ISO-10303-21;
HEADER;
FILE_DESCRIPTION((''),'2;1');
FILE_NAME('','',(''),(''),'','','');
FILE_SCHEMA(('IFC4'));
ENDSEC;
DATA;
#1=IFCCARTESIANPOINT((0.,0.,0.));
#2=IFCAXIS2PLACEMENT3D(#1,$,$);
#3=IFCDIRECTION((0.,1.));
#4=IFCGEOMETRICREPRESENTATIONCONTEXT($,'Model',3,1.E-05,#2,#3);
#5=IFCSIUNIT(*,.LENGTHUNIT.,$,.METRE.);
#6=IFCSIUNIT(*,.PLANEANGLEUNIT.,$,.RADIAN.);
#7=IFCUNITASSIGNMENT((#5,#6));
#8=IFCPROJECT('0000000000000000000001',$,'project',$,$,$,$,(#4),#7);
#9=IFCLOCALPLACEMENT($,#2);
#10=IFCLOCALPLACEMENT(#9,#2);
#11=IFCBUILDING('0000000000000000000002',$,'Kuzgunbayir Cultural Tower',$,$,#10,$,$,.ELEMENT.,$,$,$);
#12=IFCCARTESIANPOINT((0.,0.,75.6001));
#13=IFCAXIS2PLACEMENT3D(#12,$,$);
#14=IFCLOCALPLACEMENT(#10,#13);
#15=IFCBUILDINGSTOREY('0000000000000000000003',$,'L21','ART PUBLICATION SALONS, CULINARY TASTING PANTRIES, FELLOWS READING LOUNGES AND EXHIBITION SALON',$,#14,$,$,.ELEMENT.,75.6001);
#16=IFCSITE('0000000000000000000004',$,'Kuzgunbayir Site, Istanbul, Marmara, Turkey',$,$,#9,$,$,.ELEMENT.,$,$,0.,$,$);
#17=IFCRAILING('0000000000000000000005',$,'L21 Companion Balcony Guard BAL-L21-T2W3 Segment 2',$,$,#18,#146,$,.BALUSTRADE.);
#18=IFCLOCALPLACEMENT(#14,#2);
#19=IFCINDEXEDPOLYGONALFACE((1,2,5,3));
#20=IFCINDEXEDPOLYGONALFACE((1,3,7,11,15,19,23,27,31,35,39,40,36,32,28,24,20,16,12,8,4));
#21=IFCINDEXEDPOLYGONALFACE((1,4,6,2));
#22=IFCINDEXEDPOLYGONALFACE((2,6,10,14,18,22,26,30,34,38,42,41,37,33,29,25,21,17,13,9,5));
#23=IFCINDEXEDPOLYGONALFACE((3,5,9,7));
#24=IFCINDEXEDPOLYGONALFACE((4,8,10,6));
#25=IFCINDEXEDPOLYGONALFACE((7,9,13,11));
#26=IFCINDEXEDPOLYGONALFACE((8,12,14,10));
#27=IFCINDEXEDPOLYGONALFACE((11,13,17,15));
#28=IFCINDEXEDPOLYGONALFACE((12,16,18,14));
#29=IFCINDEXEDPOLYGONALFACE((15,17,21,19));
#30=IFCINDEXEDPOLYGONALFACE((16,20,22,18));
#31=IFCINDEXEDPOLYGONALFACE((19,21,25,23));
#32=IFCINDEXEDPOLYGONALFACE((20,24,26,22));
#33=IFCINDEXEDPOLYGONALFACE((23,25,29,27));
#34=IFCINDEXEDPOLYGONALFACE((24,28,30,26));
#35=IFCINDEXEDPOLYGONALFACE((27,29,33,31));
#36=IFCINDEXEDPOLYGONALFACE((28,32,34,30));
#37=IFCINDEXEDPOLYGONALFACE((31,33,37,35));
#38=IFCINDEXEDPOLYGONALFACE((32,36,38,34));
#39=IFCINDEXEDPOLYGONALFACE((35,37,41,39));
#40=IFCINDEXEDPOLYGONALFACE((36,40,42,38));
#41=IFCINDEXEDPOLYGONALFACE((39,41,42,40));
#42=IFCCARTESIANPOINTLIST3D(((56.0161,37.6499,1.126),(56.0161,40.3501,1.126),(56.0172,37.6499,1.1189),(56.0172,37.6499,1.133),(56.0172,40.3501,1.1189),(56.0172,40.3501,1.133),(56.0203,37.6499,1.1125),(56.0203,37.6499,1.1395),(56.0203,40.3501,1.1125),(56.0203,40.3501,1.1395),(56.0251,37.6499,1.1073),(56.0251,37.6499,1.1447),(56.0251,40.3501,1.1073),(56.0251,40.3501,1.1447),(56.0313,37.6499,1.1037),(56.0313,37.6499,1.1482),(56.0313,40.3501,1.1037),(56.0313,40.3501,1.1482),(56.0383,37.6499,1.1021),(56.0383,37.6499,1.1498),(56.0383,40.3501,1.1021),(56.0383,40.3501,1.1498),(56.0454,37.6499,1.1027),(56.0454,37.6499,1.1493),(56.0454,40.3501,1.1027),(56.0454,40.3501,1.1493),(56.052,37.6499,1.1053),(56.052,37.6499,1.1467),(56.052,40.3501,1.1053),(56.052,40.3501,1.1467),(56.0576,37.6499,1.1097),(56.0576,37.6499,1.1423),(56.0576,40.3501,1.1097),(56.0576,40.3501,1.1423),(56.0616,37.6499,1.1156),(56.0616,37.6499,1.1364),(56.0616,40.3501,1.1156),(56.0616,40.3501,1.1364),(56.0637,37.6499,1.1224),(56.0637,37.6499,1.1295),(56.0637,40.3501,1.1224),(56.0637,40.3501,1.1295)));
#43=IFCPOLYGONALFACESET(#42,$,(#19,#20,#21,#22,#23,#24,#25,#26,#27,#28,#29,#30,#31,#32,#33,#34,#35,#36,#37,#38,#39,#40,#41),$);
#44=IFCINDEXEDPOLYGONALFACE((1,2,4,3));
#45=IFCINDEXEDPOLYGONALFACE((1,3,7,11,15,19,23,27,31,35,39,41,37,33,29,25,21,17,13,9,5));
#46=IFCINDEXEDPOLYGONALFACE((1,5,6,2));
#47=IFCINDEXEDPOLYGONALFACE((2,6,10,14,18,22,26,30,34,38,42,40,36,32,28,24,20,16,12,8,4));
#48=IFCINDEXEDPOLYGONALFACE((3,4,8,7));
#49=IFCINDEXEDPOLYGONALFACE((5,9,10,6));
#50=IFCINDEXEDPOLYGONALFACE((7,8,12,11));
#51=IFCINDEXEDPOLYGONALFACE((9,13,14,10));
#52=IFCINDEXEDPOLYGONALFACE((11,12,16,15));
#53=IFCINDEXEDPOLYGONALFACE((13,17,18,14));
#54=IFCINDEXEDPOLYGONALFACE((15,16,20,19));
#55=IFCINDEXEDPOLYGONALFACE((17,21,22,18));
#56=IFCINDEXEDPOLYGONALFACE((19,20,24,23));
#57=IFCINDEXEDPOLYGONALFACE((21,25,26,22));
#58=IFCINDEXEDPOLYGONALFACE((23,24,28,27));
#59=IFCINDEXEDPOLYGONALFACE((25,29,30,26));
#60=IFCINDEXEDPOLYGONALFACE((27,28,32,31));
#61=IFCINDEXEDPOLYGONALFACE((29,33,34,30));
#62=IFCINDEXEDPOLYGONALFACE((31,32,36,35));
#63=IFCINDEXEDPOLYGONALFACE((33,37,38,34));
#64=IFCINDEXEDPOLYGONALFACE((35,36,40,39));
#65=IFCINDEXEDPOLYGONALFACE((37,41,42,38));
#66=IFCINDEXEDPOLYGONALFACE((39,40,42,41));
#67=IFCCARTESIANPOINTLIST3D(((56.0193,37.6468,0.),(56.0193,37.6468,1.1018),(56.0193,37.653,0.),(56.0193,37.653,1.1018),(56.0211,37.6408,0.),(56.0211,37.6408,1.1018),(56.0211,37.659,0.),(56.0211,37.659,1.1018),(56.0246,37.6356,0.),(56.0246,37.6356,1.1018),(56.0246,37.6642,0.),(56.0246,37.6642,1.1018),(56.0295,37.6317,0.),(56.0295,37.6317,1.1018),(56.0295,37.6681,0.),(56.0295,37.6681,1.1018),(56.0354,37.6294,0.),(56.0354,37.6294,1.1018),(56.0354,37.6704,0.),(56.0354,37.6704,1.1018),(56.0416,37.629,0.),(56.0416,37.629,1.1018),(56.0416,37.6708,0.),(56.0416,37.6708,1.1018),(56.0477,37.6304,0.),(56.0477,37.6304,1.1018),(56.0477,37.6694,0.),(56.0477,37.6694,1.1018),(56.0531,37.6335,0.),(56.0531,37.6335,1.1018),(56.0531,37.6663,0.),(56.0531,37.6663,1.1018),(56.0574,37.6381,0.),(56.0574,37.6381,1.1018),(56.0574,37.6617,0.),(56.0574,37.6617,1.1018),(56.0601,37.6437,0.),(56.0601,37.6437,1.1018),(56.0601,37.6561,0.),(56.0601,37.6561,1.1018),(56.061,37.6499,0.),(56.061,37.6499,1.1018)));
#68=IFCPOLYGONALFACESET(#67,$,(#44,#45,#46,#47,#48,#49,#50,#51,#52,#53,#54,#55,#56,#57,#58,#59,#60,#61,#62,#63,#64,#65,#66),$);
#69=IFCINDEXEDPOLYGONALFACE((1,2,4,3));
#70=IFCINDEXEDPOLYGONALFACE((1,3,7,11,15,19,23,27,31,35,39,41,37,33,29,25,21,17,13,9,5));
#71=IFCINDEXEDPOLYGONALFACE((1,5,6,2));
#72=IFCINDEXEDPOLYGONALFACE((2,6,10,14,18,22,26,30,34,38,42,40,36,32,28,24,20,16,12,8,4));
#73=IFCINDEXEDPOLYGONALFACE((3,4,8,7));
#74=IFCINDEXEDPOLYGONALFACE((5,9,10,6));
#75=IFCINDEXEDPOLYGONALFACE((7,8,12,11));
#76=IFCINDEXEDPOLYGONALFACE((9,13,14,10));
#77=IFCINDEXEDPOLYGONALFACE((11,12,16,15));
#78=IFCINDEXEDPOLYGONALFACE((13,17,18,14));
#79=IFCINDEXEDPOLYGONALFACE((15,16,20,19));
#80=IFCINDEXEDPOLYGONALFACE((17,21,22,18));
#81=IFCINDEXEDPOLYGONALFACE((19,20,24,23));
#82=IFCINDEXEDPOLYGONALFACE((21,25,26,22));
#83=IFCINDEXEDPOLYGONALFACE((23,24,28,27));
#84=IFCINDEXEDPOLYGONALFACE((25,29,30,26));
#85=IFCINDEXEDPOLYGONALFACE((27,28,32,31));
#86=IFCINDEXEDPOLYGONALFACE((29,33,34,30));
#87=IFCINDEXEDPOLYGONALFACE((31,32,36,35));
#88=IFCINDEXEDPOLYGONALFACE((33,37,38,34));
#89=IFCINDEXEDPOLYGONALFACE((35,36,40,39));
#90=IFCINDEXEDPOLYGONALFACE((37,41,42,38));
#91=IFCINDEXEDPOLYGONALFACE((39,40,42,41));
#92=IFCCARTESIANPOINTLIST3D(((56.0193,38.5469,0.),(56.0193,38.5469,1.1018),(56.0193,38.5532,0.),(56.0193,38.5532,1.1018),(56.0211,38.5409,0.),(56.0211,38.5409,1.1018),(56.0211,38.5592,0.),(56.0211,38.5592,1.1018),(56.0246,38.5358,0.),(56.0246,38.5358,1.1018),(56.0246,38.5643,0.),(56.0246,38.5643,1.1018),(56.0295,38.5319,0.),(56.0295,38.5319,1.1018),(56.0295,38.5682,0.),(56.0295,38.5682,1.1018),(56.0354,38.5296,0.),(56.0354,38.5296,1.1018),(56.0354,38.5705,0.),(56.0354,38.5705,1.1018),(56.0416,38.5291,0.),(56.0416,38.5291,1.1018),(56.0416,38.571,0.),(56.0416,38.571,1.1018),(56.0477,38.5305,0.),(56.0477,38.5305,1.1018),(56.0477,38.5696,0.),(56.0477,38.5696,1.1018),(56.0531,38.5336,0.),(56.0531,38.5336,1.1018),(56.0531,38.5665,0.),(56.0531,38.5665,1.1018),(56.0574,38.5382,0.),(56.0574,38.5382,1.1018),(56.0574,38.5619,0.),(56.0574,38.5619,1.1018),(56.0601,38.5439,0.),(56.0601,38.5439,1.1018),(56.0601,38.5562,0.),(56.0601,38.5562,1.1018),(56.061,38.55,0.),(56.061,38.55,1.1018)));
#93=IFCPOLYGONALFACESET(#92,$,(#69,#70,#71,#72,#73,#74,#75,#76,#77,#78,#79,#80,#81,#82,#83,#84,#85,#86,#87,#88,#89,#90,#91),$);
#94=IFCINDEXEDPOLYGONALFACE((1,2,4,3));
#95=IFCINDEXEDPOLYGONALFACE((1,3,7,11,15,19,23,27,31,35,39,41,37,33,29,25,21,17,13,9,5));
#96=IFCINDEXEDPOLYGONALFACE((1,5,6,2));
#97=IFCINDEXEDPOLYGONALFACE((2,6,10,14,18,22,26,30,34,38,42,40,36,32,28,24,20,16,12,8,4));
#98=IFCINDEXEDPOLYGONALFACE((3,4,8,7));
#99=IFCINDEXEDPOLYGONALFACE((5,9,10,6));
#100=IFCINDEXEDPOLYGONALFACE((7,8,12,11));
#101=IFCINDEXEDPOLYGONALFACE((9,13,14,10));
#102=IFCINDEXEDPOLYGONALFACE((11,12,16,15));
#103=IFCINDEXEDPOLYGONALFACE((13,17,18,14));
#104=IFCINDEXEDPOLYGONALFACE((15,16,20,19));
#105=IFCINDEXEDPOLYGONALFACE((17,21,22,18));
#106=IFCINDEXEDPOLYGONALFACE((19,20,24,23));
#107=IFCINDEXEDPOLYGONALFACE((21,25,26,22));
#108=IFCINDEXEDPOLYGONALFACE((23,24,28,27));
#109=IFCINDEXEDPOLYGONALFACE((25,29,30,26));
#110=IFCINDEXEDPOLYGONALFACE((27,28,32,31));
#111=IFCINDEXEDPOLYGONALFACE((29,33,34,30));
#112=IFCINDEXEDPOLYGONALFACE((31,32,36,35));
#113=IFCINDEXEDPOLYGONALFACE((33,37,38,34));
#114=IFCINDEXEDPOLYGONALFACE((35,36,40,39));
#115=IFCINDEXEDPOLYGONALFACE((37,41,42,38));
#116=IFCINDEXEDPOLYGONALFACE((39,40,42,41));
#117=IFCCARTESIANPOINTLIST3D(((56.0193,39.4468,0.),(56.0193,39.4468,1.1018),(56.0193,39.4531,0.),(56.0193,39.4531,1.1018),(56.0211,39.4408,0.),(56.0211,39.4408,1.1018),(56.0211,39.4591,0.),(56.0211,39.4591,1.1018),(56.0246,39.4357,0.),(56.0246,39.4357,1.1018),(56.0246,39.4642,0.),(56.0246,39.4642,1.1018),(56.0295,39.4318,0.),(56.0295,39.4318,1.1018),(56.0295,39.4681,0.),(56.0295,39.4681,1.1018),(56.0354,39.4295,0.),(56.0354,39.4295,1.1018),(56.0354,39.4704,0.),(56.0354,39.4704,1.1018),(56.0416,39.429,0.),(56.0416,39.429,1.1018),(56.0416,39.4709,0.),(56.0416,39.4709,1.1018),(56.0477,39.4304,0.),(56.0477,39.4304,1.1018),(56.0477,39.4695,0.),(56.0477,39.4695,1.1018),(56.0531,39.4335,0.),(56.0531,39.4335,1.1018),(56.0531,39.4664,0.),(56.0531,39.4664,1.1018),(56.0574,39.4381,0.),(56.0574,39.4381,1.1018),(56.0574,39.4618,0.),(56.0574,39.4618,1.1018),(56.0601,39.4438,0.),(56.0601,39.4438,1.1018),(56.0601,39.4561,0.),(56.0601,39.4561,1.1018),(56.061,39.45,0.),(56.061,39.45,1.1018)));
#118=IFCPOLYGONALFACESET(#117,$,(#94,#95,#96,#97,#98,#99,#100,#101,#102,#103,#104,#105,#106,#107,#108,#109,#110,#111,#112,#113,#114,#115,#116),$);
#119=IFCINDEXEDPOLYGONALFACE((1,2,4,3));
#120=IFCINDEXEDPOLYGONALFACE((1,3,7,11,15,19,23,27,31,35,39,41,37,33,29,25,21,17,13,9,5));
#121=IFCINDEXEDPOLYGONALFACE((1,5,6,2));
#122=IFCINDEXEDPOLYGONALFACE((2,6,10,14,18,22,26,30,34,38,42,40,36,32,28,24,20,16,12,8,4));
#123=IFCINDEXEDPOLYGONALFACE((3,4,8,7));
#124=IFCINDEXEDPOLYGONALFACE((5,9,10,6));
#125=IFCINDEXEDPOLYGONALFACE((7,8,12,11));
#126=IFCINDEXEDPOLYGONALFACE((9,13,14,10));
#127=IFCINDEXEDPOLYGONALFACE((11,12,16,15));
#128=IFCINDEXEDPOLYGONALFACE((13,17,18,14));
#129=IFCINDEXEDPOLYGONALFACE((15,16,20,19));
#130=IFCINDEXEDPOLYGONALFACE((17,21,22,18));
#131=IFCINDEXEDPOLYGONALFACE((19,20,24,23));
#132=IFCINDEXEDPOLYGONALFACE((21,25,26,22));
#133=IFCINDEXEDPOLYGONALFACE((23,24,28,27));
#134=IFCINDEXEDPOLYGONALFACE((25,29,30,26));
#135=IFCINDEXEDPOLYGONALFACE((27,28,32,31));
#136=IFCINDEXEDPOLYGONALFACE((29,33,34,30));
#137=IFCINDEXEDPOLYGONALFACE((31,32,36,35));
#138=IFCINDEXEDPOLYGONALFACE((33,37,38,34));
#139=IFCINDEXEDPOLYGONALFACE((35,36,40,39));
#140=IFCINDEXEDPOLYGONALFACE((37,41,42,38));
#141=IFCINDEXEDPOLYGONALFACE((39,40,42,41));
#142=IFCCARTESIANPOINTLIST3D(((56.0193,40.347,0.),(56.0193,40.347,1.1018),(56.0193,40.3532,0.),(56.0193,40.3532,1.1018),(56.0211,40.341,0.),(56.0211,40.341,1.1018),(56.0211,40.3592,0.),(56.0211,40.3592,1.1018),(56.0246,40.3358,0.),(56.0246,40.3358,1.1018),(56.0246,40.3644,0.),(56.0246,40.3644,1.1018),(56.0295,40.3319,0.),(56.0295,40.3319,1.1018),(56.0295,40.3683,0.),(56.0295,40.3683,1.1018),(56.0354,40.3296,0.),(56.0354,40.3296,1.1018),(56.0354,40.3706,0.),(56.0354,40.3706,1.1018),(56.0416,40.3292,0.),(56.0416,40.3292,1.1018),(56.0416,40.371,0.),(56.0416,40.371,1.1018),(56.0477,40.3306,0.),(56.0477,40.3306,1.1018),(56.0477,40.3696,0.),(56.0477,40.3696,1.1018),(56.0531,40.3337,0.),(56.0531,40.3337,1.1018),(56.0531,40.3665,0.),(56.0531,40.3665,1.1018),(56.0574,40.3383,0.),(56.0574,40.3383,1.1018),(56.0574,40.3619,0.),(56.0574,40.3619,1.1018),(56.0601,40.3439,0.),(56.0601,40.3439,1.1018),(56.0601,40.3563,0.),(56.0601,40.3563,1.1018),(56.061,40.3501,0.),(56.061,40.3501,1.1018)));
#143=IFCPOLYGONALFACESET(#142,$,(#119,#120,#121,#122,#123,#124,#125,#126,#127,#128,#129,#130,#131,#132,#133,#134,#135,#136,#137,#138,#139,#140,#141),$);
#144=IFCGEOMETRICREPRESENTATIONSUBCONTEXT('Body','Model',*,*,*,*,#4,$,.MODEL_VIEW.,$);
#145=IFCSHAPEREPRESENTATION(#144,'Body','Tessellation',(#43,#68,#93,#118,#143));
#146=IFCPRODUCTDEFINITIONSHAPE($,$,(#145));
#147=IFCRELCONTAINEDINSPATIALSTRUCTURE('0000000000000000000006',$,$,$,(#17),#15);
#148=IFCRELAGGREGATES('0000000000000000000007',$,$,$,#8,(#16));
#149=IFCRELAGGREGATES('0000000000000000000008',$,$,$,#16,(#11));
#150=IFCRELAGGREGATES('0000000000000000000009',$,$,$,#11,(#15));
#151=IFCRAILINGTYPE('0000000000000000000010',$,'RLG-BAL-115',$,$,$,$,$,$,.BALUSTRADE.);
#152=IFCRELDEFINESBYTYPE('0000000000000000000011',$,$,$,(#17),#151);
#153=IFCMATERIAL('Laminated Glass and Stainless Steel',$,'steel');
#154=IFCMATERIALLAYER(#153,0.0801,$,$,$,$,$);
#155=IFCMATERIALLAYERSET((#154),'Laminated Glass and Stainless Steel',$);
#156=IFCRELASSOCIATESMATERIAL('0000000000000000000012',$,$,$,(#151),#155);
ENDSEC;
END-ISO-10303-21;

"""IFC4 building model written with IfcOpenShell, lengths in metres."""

from ifc_helpers import new_model, si_unit, direction, frame, origin, origin_2d, place, context, subcontext, project, spatial, circle, extrude, material, layer, layer_set, type_object, element, save


model = new_model("IFC4")

# Units and contexts
model_context = context("Model", 3, precision=1e-05, world=origin(), true_north=direction((0.0, 1.0)))
body_context = subcontext(model_context, "Body", "Model", "MODEL_VIEW")
ifc_project = project(units=[si_unit("LENGTHUNIT", "METRE"), si_unit("PLANEANGLEUNIT", "RADIAN")], contexts=[model_context])

# Site, building, storey
site_placement = place(None, origin())
site = spatial("IfcSite", under=ifc_project, at=site_placement, Name="Kuzgunbayir Site, Istanbul, Marmara, Turkey", CompositionType="ELEMENT", RefElevation=0.0)
building_placement = place(site_placement, origin())
building = spatial("IfcBuilding", under=site, at=building_placement, Name="Kuzgunbayir Cultural Tower", CompositionType="ELEMENT")
storey_placement = place(building_placement, frame((0.0, 0.0, 75.6001)))
storey = spatial("IfcBuildingStorey", under=building, at=storey_placement, Name="L21", Description="ART PUBLICATION SALONS, CULINARY TASTING PANTRIES, FELLOWS READING LOUNGES AND EXHIBITION SALON", CompositionType="ELEMENT", Elevation=75.6001)

# Railing
ifc_material_1 = material(Name="Laminated Glass and Stainless Steel", Category="steel")
ifc_layer_1 = layer(ifc_material_1, 0.0801)
ifc_layer_set_1 = layer_set([ifc_layer_1], Name="Laminated Glass and Stainless Steel")
railing_type = type_object("IfcRailingType", Name="RLG-BAL-115", PredefinedType="BALUSTRADE", material=ifc_layer_set_1)
railing_1_placement = place(storey_placement, frame((56.04, 37.6499, 0.0)))
element("IfcRailing", 1, at=railing_1_placement, inside=storey, type_object=railing_type, Name="L21 Companion Balcony Guard BAL-L21-T2W3 Segment 2", PredefinedType="BALUSTRADE", context=body_context, shape_type="SweptSolid", body=[
    extrude(circle(Radius=0.0239, at=origin_2d()), frame((0.0, 0.0, 1.126), z_axis=(0.0, 1.0, 0.0), x_axis=(-1.0, 0.0, 0.0)), (0.0, 0.0, 1.0), 2.7002),
    extrude(circle(Radius=0.021, at=origin_2d()), origin(), (0.0, 0.0, 1.0), 1.1018),
    extrude(circle(Radius=0.021, at=origin_2d()), frame((0.0, 0.9001, 0.0)), (0.0, 0.0, 1.0), 1.1018),
    extrude(circle(Radius=0.021, at=origin_2d()), frame((0.0, 1.8, 0.0)), (0.0, 0.0, 1.0), 1.1018),
    extrude(circle(Radius=0.021, at=origin_2d()), frame((0.0, 2.7002, 0.0)), (0.0, 0.0, 1.0), 1.1018),
])

save(model, "model.ifc")
